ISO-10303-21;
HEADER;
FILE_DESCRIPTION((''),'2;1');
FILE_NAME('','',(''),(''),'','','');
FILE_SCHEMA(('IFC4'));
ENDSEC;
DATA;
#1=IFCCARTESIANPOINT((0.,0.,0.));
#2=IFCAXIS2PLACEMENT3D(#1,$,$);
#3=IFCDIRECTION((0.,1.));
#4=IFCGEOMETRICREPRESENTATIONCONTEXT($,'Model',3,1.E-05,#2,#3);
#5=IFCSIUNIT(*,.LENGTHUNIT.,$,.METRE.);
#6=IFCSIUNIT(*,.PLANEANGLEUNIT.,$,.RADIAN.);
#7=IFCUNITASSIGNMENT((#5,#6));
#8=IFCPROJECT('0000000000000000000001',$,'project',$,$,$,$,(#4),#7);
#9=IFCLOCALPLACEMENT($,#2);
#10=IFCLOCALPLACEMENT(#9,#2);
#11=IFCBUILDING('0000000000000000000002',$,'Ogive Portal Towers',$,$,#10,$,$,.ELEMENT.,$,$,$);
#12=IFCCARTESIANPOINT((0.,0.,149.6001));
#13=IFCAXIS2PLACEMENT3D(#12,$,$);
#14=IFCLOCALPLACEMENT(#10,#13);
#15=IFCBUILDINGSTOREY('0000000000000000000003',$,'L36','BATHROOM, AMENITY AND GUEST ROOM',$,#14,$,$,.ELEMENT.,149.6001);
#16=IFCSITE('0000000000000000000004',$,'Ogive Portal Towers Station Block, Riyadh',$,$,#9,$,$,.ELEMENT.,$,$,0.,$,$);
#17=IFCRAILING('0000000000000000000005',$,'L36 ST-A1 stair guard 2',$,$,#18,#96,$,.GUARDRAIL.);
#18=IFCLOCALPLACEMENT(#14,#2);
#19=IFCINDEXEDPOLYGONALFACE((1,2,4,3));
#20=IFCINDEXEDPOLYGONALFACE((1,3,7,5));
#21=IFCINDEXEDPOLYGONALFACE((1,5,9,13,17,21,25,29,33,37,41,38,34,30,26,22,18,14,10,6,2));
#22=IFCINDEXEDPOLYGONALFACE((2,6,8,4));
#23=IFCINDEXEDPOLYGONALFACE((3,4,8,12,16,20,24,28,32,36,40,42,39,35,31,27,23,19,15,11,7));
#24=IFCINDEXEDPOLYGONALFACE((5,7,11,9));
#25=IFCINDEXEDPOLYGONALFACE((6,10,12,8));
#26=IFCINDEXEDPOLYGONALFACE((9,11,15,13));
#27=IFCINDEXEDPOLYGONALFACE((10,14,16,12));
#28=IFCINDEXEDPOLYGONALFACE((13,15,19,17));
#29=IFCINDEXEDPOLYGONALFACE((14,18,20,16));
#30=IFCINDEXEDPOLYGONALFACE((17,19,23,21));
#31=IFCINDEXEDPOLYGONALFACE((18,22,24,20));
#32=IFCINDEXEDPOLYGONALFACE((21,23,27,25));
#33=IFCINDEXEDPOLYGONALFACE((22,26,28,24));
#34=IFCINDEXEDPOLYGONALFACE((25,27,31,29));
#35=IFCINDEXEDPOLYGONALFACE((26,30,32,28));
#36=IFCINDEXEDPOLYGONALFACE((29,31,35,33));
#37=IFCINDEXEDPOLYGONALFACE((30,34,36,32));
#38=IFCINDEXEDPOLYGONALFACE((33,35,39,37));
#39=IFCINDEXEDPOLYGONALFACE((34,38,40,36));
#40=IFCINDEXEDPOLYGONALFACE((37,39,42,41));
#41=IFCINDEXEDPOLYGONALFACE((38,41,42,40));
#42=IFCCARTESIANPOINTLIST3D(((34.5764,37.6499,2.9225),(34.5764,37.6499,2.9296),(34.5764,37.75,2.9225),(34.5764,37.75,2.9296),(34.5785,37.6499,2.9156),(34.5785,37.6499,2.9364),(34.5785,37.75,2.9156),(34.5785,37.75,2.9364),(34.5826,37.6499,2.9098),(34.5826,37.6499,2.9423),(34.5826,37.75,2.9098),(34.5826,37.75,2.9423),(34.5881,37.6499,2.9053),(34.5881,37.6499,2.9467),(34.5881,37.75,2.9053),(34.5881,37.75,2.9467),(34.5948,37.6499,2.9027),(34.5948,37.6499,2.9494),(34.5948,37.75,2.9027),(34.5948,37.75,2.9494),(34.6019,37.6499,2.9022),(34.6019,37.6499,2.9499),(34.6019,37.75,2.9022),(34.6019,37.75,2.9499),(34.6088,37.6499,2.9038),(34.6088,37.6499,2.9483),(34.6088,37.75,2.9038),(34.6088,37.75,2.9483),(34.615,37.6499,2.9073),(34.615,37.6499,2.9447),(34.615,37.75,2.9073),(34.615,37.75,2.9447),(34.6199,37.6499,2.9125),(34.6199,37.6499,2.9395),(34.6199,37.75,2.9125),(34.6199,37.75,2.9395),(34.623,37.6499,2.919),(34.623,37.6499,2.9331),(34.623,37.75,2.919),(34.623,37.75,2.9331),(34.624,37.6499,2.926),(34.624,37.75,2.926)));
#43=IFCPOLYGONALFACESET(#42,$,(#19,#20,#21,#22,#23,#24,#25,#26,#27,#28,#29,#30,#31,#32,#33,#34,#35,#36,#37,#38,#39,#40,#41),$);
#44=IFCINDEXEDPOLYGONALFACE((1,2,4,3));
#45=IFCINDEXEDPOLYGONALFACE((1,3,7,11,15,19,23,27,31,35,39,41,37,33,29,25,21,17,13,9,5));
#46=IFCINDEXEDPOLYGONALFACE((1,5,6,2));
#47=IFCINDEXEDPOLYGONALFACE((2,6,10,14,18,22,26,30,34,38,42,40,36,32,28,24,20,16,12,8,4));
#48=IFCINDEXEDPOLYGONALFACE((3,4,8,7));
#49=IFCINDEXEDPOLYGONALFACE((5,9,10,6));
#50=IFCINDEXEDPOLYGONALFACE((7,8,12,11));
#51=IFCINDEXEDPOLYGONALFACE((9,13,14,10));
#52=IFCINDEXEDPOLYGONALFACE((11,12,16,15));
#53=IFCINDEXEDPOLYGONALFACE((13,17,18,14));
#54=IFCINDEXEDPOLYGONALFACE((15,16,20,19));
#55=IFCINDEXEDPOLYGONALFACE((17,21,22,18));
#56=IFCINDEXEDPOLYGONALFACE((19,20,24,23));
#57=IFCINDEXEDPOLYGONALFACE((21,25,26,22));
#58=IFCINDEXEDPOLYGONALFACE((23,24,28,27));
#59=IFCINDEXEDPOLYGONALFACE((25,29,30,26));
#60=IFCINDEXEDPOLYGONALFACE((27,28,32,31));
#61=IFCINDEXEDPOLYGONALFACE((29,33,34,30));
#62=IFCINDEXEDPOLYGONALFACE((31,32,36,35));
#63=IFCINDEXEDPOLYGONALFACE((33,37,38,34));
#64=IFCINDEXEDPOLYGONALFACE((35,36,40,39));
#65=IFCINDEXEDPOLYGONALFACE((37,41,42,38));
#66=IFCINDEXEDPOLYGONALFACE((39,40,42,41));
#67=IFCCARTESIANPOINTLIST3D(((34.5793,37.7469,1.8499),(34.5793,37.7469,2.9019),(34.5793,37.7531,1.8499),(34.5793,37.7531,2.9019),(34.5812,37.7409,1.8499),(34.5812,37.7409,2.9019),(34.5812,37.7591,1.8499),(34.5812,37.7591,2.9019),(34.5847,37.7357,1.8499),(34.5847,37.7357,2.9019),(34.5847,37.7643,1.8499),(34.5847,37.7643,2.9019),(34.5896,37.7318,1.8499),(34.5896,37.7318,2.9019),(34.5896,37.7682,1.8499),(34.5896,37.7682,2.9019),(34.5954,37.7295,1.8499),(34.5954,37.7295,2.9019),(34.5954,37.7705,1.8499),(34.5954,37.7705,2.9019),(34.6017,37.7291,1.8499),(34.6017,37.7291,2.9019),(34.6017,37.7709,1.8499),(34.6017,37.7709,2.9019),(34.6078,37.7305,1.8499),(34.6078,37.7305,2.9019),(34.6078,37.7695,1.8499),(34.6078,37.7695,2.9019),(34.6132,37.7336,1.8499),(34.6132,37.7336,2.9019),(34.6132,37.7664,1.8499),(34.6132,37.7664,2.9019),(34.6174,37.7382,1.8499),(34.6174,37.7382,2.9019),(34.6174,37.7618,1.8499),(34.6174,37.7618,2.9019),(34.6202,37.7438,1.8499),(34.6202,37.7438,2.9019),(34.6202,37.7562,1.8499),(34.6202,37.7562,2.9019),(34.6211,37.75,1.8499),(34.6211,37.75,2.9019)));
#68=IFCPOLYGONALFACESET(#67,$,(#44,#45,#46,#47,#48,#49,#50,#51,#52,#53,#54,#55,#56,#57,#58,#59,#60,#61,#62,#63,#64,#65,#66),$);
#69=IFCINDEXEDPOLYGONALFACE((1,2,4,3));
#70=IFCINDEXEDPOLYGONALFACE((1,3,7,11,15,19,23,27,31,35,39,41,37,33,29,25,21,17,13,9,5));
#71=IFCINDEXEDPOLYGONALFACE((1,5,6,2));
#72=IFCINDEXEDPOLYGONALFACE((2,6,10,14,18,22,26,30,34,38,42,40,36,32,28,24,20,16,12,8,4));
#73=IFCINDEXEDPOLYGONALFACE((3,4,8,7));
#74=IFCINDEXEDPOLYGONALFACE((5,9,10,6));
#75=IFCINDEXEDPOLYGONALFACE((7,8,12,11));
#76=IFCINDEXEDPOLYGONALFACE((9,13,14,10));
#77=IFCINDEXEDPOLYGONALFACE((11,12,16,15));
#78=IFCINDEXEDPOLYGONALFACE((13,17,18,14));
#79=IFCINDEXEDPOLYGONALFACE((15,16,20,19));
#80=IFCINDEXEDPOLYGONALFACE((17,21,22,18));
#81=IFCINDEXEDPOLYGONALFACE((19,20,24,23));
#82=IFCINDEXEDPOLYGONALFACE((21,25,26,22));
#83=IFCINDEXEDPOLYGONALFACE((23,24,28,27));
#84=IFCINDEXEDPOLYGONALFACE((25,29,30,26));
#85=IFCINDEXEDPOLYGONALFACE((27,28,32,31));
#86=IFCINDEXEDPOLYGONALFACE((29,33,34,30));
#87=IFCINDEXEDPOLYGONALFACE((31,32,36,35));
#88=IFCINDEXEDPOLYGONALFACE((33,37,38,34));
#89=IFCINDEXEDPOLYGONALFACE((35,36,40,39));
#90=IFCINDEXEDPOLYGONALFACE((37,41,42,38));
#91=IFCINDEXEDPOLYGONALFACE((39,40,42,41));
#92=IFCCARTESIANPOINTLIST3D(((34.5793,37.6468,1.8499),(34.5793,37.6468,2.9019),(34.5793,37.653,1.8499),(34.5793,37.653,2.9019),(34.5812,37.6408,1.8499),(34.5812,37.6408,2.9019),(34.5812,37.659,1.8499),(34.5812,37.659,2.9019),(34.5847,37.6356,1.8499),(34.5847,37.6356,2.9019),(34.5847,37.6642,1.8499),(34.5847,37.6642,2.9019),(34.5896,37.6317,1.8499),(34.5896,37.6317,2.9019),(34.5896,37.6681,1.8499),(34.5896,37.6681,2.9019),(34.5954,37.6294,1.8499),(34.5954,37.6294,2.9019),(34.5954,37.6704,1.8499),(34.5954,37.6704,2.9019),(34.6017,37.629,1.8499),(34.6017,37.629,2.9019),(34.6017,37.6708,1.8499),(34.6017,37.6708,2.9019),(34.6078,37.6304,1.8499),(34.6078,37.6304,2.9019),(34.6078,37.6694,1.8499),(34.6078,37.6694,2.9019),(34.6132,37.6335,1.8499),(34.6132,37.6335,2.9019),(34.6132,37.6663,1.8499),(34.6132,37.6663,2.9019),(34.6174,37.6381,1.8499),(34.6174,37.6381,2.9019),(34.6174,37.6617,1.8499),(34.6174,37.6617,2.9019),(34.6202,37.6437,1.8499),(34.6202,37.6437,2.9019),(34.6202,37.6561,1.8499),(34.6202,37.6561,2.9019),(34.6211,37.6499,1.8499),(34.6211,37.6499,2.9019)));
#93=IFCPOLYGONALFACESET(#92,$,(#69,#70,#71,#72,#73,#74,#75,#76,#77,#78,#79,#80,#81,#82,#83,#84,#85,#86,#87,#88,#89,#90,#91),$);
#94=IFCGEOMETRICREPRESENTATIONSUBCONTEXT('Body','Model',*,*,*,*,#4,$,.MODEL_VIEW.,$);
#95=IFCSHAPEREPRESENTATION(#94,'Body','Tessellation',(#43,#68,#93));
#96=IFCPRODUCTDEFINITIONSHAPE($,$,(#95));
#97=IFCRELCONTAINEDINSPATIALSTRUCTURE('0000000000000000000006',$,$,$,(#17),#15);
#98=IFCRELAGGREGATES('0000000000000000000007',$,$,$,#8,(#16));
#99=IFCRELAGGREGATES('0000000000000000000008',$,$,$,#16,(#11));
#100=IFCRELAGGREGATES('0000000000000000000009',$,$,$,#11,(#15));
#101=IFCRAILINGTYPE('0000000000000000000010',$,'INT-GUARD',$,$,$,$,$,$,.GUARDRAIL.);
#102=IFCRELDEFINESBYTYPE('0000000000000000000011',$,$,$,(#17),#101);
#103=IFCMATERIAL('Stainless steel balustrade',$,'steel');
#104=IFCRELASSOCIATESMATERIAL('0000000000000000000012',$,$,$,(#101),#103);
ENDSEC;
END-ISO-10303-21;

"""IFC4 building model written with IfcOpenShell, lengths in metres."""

from ifc_helpers import new_model, si_unit, direction, frame, origin, origin_2d, place, context, subcontext, project, spatial, circle, extrude, material, type_object, element, save


model = new_model("IFC4")

# Units and contexts
model_context = context("Model", 3, precision=1e-05, world=origin(), true_north=direction((0.0, 1.0)))
body_context = subcontext(model_context, "Body", "Model", "MODEL_VIEW")
ifc_project = project(units=[si_unit("LENGTHUNIT", "METRE"), si_unit("PLANEANGLEUNIT", "RADIAN")], contexts=[model_context])

# Site, building, storey
site_placement = place(None, origin())
site = spatial("IfcSite", under=ifc_project, at=site_placement, Name="Ogive Portal Towers Station Block, Riyadh", CompositionType="ELEMENT", RefElevation=0.0)
building_placement = place(site_placement, origin())
building = spatial("IfcBuilding", under=site, at=building_placement, Name="Ogive Portal Towers", CompositionType="ELEMENT")
storey_placement = place(building_placement, frame((0.0, 0.0, 149.6001)))
storey = spatial("IfcBuildingStorey", under=building, at=storey_placement, Name="L36", Description="BATHROOM, AMENITY AND GUEST ROOM", CompositionType="ELEMENT", Elevation=149.6001)

# Railing
ifc_material_1 = material(Name="Stainless steel balustrade", Category="steel")
railing_type_1 = type_object("IfcRailingType", Name="INT-GUARD", PredefinedType="GUARDRAIL", material=ifc_material_1)
railing_1_placement = place(storey_placement, frame((34.6001, 37.75, 1.8499)))
element("IfcRailing", 1, at=railing_1_placement, inside=storey, type_object=railing_type_1, Name="L36 ST-A1 stair guard 2", PredefinedType="GUARDRAIL", context=body_context, shape_type="SweptSolid", body=[
    extrude(circle(Radius=0.0239, at=origin_2d()), frame((0.0, 0.0, 1.0762), z_axis=(0.0, -1.0, 0.0), x_axis=(1.0, 0.0, 0.0)), (0.0, 0.0, 1.0), 0.1001),
    extrude(circle(Radius=0.021, at=origin_2d()), origin(), (0.0, 0.0, 1.0), 1.052),
    extrude(circle(Radius=0.021, at=origin_2d()), frame((0.0, -0.1001, 0.0)), (0.0, 0.0, 1.0), 1.052),
])

save(model, "model.ifc")
